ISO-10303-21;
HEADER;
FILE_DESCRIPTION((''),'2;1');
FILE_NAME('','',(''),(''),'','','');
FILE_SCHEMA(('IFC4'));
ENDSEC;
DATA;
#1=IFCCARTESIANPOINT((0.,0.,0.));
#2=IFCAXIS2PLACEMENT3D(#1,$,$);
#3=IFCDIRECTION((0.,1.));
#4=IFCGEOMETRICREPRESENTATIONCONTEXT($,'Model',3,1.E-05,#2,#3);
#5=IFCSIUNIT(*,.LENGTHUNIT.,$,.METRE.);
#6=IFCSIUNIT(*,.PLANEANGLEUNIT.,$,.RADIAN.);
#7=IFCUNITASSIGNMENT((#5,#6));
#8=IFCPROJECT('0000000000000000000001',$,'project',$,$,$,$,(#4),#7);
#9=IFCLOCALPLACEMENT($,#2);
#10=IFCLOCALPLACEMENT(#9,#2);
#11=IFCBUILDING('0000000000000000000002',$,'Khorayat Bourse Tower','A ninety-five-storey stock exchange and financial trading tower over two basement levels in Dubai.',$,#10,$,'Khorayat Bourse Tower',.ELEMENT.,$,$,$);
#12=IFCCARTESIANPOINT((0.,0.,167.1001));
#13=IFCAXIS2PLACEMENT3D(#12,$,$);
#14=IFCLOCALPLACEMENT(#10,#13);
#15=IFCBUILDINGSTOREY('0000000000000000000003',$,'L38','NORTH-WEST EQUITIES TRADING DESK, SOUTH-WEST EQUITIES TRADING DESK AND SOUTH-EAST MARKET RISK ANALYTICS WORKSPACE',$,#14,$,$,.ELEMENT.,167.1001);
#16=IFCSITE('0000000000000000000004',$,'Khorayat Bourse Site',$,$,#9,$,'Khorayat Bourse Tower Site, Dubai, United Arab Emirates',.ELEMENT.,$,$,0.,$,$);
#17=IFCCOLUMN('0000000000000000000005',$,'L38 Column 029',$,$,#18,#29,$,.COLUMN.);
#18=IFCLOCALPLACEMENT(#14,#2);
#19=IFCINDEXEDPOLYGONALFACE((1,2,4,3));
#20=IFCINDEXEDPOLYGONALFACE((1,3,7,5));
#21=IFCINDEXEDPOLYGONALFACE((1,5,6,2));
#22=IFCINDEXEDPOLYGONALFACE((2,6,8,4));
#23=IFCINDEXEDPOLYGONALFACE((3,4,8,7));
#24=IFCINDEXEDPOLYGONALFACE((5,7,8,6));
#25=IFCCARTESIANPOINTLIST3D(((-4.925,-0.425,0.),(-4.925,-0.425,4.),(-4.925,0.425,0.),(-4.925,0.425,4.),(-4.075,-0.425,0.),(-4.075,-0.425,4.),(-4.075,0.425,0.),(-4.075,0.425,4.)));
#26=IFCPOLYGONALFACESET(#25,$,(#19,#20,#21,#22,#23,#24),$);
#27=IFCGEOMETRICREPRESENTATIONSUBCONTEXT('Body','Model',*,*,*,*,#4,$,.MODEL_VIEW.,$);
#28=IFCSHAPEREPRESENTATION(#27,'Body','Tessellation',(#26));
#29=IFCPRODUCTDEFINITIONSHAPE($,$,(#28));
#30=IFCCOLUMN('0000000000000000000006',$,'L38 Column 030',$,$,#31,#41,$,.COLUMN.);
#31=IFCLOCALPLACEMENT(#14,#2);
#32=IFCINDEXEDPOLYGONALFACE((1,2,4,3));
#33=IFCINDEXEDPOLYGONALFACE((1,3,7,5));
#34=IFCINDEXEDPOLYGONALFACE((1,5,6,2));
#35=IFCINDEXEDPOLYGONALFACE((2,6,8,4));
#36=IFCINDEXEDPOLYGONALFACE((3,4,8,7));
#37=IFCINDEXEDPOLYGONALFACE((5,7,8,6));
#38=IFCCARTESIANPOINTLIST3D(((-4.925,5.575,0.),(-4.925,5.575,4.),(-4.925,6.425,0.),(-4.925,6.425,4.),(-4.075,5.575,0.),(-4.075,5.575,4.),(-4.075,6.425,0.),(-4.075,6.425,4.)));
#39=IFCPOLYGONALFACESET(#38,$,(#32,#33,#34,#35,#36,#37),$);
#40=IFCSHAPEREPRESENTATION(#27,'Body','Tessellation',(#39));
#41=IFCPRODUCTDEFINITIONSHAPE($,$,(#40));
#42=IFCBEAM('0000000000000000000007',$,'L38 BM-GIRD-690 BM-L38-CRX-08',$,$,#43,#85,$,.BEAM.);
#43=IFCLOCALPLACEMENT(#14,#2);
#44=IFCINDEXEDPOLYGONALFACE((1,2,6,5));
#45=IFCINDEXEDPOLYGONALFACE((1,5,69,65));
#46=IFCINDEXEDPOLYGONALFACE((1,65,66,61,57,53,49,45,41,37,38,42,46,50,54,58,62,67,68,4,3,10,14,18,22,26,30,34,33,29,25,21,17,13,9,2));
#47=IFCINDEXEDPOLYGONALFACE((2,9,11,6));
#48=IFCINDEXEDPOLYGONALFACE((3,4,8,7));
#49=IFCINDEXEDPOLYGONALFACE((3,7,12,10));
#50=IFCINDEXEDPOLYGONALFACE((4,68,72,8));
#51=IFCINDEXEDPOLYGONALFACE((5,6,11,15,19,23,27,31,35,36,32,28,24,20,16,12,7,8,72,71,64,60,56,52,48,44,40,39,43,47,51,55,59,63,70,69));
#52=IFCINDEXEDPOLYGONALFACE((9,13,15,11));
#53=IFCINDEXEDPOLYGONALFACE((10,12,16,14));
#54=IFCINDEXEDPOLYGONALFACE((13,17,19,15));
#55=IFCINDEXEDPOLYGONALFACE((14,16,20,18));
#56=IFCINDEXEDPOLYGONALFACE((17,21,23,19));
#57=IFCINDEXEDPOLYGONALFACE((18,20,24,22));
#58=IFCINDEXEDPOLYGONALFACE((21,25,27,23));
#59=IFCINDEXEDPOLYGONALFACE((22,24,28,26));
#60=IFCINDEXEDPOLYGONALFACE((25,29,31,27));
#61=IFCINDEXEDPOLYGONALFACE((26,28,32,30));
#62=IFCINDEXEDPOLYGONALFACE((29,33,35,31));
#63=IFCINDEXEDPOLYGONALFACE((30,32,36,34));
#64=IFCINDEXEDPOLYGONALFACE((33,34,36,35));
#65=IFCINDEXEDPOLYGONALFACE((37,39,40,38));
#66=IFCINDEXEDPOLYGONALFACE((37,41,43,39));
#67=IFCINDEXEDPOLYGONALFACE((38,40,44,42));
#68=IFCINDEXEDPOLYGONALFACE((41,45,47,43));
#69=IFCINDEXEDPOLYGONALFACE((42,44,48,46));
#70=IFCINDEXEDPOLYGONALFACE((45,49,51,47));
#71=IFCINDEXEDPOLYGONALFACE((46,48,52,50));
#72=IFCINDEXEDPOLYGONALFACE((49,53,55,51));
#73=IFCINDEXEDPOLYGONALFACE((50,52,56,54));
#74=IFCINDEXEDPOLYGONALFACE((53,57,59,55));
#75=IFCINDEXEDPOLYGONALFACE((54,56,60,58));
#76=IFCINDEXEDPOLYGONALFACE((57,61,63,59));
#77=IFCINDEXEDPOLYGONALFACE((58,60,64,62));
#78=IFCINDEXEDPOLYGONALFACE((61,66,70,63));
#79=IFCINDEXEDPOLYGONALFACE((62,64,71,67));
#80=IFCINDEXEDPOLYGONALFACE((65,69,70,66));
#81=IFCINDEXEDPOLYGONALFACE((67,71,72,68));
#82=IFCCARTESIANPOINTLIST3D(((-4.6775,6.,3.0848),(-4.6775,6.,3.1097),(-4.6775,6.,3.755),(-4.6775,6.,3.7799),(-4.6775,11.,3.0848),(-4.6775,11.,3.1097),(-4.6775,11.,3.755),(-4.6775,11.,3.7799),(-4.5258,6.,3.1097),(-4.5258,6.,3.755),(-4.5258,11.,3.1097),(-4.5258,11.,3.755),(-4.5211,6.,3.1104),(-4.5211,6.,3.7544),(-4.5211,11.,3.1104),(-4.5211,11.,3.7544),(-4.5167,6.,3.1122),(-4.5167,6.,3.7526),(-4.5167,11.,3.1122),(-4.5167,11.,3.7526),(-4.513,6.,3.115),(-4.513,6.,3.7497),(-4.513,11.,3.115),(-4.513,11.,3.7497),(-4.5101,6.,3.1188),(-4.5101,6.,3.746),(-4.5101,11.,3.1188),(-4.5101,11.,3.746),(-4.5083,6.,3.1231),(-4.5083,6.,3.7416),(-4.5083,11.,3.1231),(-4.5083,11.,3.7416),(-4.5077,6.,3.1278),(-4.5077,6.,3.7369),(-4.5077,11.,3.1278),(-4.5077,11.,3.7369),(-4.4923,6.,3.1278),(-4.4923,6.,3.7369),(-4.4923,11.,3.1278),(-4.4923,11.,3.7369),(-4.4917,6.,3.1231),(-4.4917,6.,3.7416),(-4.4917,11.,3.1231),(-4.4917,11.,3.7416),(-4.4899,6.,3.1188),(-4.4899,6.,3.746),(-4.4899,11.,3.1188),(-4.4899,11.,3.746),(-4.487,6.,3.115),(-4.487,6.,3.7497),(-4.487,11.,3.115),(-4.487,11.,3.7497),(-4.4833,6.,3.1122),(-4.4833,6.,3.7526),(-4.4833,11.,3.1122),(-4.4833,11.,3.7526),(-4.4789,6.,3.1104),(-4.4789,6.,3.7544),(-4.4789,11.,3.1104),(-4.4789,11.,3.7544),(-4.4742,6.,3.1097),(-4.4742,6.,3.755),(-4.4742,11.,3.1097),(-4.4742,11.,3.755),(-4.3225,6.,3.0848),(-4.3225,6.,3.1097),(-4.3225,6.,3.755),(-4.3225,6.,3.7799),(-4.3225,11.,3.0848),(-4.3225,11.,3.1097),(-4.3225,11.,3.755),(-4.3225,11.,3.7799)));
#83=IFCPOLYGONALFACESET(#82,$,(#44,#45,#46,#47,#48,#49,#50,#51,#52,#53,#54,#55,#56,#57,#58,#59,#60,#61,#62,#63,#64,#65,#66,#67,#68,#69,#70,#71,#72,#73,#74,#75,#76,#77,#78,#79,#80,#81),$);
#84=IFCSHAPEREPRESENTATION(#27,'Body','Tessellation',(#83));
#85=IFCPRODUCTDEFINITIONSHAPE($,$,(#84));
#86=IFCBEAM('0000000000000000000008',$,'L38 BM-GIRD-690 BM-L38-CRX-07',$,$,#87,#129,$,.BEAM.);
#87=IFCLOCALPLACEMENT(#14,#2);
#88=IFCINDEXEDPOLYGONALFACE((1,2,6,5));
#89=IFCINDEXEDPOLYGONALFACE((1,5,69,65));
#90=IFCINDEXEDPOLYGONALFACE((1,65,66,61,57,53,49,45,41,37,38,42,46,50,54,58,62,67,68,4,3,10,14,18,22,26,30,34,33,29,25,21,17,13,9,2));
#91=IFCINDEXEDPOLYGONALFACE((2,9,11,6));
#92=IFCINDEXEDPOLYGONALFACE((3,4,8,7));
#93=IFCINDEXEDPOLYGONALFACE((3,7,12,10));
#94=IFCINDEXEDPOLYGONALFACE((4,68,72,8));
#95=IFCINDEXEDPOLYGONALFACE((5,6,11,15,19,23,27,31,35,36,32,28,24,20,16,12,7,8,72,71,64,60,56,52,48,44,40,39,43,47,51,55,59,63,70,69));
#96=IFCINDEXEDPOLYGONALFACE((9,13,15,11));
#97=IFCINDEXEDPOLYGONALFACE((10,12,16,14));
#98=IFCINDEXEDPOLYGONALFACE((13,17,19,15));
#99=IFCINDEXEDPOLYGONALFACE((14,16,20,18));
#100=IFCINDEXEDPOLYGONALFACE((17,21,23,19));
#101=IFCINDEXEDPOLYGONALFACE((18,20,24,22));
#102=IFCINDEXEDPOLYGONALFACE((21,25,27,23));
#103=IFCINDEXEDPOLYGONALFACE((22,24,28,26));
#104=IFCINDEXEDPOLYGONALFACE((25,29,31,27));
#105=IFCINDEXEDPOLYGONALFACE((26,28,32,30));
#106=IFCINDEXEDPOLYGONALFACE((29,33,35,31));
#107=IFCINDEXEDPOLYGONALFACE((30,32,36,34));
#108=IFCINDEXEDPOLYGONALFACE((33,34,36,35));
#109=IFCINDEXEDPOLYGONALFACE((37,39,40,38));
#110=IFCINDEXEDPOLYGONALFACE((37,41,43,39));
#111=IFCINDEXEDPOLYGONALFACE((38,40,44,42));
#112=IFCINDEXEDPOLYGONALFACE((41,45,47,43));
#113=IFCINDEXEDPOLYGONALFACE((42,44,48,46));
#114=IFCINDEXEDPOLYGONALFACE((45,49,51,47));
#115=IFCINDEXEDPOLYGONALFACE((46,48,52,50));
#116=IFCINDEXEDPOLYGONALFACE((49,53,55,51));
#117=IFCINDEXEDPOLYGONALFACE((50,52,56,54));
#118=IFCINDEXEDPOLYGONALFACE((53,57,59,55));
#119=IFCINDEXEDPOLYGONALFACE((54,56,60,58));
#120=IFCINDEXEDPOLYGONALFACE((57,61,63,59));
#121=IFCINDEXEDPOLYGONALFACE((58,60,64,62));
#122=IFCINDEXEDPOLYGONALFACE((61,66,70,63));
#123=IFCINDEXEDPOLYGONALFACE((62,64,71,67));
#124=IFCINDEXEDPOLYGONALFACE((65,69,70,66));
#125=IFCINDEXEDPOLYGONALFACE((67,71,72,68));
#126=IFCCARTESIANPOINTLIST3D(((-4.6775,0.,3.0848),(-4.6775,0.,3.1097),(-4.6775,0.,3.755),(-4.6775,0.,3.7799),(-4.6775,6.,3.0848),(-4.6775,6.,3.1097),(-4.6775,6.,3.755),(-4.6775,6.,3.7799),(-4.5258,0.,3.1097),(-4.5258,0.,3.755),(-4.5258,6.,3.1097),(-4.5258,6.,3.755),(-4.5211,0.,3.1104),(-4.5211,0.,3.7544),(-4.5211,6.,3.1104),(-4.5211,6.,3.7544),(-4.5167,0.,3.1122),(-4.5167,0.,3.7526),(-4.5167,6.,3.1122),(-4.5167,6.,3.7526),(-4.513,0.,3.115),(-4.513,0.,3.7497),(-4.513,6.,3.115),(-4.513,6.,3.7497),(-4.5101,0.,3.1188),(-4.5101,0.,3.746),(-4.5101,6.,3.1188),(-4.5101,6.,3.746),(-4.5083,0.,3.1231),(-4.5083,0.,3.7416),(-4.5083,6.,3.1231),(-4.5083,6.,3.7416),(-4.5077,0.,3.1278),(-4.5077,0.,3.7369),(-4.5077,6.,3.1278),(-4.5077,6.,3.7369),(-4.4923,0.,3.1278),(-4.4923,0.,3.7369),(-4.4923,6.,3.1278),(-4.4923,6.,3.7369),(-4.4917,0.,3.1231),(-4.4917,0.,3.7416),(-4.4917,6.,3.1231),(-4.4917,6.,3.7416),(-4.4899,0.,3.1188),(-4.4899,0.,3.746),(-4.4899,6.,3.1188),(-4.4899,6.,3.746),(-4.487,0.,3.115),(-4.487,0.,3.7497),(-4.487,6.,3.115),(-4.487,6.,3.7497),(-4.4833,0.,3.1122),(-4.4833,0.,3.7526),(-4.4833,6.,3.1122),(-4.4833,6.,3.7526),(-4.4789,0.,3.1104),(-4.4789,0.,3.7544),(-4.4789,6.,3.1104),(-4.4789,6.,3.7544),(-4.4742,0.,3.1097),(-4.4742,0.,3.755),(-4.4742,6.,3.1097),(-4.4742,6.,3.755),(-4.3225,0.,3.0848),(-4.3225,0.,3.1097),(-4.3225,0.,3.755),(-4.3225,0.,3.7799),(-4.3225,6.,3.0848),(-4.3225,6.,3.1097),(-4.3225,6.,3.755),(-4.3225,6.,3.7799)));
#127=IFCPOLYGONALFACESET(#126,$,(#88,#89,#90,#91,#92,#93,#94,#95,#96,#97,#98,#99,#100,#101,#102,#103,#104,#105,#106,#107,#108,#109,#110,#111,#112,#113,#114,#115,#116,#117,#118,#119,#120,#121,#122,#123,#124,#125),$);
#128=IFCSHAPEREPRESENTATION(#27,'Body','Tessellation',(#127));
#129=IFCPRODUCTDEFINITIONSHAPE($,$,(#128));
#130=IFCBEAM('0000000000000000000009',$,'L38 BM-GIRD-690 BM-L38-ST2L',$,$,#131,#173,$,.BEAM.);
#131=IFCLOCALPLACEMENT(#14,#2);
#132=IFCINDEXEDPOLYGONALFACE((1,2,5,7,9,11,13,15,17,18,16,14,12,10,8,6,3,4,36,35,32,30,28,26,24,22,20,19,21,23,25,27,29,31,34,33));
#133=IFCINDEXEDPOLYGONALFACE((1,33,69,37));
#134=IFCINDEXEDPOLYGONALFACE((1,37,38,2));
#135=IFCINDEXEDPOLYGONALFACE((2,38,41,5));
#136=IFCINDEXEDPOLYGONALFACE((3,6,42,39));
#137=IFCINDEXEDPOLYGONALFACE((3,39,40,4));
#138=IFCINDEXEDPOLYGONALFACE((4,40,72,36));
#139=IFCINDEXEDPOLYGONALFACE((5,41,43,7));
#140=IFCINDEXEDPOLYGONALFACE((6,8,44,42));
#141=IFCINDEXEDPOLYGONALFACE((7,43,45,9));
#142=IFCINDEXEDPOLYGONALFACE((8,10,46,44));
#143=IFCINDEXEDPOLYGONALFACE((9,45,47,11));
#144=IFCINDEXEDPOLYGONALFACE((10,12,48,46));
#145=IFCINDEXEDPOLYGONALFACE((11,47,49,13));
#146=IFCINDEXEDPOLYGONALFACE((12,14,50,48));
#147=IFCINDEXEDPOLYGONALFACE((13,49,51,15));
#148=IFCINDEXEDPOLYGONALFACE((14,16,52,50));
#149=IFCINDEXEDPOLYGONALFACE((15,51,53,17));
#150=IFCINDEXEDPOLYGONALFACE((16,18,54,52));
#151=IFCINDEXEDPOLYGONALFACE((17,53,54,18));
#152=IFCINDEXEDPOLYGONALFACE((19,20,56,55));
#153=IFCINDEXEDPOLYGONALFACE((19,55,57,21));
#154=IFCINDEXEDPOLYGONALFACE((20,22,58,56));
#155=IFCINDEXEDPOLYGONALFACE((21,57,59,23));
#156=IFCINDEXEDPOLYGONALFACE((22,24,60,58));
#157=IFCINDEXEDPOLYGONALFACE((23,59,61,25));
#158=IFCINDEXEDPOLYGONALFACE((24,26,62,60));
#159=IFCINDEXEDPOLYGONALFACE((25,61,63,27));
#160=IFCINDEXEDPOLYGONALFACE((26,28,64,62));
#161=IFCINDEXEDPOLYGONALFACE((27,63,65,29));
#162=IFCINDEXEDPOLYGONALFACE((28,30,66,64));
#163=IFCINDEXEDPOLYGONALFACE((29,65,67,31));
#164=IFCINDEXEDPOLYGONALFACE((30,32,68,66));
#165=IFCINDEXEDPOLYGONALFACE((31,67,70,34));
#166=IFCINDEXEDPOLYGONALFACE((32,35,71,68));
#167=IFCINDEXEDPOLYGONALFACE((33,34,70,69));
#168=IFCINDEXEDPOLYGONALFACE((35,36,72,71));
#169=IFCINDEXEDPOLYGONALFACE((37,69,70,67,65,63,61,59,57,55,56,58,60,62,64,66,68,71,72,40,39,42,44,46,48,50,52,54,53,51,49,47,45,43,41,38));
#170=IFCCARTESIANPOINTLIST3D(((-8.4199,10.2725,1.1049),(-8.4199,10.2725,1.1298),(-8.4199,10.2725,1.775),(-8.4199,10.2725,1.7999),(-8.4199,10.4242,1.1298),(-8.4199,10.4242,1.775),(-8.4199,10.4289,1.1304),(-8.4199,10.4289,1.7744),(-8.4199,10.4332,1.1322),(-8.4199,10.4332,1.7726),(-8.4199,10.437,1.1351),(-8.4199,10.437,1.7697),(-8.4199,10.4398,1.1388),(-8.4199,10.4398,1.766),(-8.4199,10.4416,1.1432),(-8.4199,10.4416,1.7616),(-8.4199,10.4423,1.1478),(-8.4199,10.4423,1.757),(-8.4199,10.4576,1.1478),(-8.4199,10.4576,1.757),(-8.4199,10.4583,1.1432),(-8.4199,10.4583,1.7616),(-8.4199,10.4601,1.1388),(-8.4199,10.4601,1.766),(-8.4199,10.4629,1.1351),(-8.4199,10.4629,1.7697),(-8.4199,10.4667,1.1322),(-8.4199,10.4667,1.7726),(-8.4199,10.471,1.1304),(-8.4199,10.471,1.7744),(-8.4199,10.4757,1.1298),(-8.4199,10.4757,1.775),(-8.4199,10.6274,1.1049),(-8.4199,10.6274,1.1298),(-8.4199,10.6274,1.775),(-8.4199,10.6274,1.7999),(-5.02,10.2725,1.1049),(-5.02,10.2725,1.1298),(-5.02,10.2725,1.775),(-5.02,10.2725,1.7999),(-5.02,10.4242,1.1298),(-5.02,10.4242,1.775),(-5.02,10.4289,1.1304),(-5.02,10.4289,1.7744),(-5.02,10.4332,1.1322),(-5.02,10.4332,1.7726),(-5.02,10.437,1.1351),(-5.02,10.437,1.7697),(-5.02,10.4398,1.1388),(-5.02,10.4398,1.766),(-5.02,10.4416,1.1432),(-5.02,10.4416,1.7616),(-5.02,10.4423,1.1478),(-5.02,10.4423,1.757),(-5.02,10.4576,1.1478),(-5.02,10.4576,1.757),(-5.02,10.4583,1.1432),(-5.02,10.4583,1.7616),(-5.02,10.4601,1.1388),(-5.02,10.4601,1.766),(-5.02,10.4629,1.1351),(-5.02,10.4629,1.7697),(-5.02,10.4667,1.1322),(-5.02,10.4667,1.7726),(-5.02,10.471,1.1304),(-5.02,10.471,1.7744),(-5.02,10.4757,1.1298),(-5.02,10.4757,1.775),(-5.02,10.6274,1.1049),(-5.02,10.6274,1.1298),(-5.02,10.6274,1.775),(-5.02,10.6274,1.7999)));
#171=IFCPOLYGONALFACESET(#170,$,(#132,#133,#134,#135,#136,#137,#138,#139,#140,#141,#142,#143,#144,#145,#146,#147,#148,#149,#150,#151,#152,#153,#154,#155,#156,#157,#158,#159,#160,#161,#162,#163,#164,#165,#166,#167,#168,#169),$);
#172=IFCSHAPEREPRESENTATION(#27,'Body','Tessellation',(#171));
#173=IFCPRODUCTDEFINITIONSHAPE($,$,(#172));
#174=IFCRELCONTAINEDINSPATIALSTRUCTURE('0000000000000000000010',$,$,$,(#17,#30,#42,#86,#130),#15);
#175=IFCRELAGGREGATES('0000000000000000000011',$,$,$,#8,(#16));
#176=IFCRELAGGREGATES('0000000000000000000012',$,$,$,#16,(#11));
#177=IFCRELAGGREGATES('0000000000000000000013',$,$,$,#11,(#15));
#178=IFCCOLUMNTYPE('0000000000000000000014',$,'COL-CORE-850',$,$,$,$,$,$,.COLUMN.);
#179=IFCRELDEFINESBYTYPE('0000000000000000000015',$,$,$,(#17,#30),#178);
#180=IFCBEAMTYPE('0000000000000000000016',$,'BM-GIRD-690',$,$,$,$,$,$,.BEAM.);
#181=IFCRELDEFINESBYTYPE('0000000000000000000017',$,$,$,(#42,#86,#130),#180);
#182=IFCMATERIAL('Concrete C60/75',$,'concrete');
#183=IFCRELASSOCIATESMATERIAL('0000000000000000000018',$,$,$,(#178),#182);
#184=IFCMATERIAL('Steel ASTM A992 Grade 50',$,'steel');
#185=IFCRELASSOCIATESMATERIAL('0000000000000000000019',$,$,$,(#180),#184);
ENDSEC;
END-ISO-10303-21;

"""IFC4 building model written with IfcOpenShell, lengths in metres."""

from ifc_helpers import new_model, si_unit, direction, frame, origin, origin_2d, place, context, subcontext, project, spatial, rectangle, i_section, extrude, source, transform, mapped, material, material_profile, profile_set, type_object, element, save


model = new_model("IFC4")

# Units and contexts
model_context = context("Model", 3, precision=1e-05, world=origin(), true_north=direction((0.0, 1.0)))
body_context = subcontext(model_context, "Body", "Model", "MODEL_VIEW")
ifc_project = project(units=[si_unit("LENGTHUNIT", "METRE"), si_unit("PLANEANGLEUNIT", "RADIAN")], contexts=[model_context])

# Site, building, storey
site_placement = place(None, origin())
site = spatial("IfcSite", under=ifc_project, at=site_placement, Name="Khorayat Bourse Site", LongName="Khorayat Bourse Tower Site, Dubai, United Arab Emirates", CompositionType="ELEMENT", RefElevation=0.0)
building_placement = place(site_placement, origin())
building = spatial("IfcBuilding", under=site, at=building_placement, Name="Khorayat Bourse Tower", Description="A ninety-five-storey stock exchange and financial trading tower over two basement levels in Dubai.", LongName="Khorayat Bourse Tower", CompositionType="ELEMENT")
storey_placement = place(building_placement, frame((0.0, 0.0, 167.1001)))
storey = spatial("IfcBuildingStorey", under=building, at=storey_placement, Name="L38", Description="NORTH-WEST EQUITIES TRADING DESK, SOUTH-WEST EQUITIES TRADING DESK AND SOUTH-EAST MARKET RISK ANALYTICS WORKSPACE", CompositionType="ELEMENT", Elevation=167.1001)

# Columns
ifc_material_1 = material(Name="Concrete C60/75", Category="concrete")
ifc_material_profile_1 = material_profile(ifc_material_1, rectangle(XDim=0.8501, YDim=0.8501, at=origin_2d()), Name="RC 850x850")
ifc_profile_set_1 = profile_set([ifc_material_profile_1], Name="Concrete C60/75")
column_type = type_object("IfcColumnType", Name="COL-CORE-850", PredefinedType="COLUMN", material=ifc_profile_set_1)
shared_shape_1 = source(origin(), body_context, "Body", "SweptSolid", [
    extrude(rectangle(XDim=0.8501, YDim=0.8501, at=origin_2d()), origin(), (0.0, 0.0, 1.0), 4.0),
])
for number, where, z_axis, x_axis, name in (
    (1, (-4.5, 0.0, 0.0), (0.0, 0.0, 1.0), (1.0, 0.0, 0.0), "L38 Column 029"),
    (2, (-4.5, 6.0, 0.0), (0.0, 0.0, 1.0), (1.0, 0.0, 0.0), "L38 Column 030"),
):
    element("IfcColumn", number, at=place(storey_placement, frame(where, z_axis=z_axis, x_axis=x_axis)), inside=storey, type_object=column_type, Name=name, PredefinedType="COLUMN", context=body_context, shape_type="MappedRepresentation", body=[
        mapped(shared_shape_1, transform((0.0, 0.0, 0.0), scale=1.0)),
    ])

# Beams
ifc_material_2 = material(Name="Steel ASTM A992 Grade 50", Category="steel")
ifc_material_profile_2 = material_profile(ifc_material_2, i_section(OverallWidth=0.355, OverallDepth=0.6951, WebThickness=0.0154, FlangeThickness=0.0249, FilletRadius=0.0181, at=origin_2d()), Name="W690X217")
ifc_profile_set_2 = profile_set([ifc_material_profile_2], Name="Steel ASTM A992 Grade 50")
beam_type = type_object("IfcBeamType", Name="BM-GIRD-690", PredefinedType="BEAM", material=ifc_profile_set_2)
shared_shape_2 = source(origin(), body_context, "Body", "SweptSolid", [
    extrude(i_section(OverallWidth=0.355, OverallDepth=0.6951, WebThickness=0.0154, FlangeThickness=0.0249, FilletRadius=0.0181, at=origin_2d()), origin(), (0.0, 0.0, 1.0), 5.0),
])
beam_1_placement = place(storey_placement, frame((-4.5, 6.0, 3.4324), z_axis=(0.0, 1.0, 0.0), x_axis=(-1.0, 0.0, 0.0)))
element("IfcBeam", 3, at=beam_1_placement, inside=storey, type_object=beam_type, Name="L38 BM-GIRD-690 BM-L38-CRX-08", PredefinedType="BEAM", context=body_context, shape_type="MappedRepresentation", body=[
    mapped(shared_shape_2, transform((0.0, 0.0, 0.0), scale=1.0)),
])
shared_shape_3 = source(origin(), body_context, "Body", "SweptSolid", [
    extrude(i_section(OverallWidth=0.355, OverallDepth=0.6951, WebThickness=0.0154, FlangeThickness=0.0249, FilletRadius=0.0181, at=origin_2d()), origin(), (0.0, 0.0, 1.0), 6.0),
])
beam_2_placement = place(storey_placement, frame((-4.5, 0.0, 3.4324), z_axis=(0.0, 1.0, 0.0), x_axis=(-1.0, 0.0, 0.0)))
element("IfcBeam", 4, at=beam_2_placement, inside=storey, type_object=beam_type, Name="L38 BM-GIRD-690 BM-L38-CRX-07", PredefinedType="BEAM", context=body_context, shape_type="MappedRepresentation", body=[
    mapped(shared_shape_3, transform((0.0, 0.0, 0.0), scale=1.0)),
])
shared_shape_4 = source(origin(), body_context, "Body", "SweptSolid", [
    extrude(i_section(OverallWidth=0.355, OverallDepth=0.6951, WebThickness=0.0154, FlangeThickness=0.0249, FilletRadius=0.0181, at=origin_2d()), origin(), (0.0, 0.0, 1.0), 3.3999),
])
beam_3_placement = place(storey_placement, frame((-8.4199, 10.45, 1.4524), z_axis=(1.0, 0.0, 0.0), x_axis=(0.0, 1.0, 0.0)))
element("IfcBeam", 5, at=beam_3_placement, inside=storey, type_object=beam_type, Name="L38 BM-GIRD-690 BM-L38-ST2L", PredefinedType="BEAM", context=body_context, shape_type="MappedRepresentation", body=[
    mapped(shared_shape_4, transform((0.0, 0.0, 0.0), scale=1.0)),
])

save(model, "model.ifc")
